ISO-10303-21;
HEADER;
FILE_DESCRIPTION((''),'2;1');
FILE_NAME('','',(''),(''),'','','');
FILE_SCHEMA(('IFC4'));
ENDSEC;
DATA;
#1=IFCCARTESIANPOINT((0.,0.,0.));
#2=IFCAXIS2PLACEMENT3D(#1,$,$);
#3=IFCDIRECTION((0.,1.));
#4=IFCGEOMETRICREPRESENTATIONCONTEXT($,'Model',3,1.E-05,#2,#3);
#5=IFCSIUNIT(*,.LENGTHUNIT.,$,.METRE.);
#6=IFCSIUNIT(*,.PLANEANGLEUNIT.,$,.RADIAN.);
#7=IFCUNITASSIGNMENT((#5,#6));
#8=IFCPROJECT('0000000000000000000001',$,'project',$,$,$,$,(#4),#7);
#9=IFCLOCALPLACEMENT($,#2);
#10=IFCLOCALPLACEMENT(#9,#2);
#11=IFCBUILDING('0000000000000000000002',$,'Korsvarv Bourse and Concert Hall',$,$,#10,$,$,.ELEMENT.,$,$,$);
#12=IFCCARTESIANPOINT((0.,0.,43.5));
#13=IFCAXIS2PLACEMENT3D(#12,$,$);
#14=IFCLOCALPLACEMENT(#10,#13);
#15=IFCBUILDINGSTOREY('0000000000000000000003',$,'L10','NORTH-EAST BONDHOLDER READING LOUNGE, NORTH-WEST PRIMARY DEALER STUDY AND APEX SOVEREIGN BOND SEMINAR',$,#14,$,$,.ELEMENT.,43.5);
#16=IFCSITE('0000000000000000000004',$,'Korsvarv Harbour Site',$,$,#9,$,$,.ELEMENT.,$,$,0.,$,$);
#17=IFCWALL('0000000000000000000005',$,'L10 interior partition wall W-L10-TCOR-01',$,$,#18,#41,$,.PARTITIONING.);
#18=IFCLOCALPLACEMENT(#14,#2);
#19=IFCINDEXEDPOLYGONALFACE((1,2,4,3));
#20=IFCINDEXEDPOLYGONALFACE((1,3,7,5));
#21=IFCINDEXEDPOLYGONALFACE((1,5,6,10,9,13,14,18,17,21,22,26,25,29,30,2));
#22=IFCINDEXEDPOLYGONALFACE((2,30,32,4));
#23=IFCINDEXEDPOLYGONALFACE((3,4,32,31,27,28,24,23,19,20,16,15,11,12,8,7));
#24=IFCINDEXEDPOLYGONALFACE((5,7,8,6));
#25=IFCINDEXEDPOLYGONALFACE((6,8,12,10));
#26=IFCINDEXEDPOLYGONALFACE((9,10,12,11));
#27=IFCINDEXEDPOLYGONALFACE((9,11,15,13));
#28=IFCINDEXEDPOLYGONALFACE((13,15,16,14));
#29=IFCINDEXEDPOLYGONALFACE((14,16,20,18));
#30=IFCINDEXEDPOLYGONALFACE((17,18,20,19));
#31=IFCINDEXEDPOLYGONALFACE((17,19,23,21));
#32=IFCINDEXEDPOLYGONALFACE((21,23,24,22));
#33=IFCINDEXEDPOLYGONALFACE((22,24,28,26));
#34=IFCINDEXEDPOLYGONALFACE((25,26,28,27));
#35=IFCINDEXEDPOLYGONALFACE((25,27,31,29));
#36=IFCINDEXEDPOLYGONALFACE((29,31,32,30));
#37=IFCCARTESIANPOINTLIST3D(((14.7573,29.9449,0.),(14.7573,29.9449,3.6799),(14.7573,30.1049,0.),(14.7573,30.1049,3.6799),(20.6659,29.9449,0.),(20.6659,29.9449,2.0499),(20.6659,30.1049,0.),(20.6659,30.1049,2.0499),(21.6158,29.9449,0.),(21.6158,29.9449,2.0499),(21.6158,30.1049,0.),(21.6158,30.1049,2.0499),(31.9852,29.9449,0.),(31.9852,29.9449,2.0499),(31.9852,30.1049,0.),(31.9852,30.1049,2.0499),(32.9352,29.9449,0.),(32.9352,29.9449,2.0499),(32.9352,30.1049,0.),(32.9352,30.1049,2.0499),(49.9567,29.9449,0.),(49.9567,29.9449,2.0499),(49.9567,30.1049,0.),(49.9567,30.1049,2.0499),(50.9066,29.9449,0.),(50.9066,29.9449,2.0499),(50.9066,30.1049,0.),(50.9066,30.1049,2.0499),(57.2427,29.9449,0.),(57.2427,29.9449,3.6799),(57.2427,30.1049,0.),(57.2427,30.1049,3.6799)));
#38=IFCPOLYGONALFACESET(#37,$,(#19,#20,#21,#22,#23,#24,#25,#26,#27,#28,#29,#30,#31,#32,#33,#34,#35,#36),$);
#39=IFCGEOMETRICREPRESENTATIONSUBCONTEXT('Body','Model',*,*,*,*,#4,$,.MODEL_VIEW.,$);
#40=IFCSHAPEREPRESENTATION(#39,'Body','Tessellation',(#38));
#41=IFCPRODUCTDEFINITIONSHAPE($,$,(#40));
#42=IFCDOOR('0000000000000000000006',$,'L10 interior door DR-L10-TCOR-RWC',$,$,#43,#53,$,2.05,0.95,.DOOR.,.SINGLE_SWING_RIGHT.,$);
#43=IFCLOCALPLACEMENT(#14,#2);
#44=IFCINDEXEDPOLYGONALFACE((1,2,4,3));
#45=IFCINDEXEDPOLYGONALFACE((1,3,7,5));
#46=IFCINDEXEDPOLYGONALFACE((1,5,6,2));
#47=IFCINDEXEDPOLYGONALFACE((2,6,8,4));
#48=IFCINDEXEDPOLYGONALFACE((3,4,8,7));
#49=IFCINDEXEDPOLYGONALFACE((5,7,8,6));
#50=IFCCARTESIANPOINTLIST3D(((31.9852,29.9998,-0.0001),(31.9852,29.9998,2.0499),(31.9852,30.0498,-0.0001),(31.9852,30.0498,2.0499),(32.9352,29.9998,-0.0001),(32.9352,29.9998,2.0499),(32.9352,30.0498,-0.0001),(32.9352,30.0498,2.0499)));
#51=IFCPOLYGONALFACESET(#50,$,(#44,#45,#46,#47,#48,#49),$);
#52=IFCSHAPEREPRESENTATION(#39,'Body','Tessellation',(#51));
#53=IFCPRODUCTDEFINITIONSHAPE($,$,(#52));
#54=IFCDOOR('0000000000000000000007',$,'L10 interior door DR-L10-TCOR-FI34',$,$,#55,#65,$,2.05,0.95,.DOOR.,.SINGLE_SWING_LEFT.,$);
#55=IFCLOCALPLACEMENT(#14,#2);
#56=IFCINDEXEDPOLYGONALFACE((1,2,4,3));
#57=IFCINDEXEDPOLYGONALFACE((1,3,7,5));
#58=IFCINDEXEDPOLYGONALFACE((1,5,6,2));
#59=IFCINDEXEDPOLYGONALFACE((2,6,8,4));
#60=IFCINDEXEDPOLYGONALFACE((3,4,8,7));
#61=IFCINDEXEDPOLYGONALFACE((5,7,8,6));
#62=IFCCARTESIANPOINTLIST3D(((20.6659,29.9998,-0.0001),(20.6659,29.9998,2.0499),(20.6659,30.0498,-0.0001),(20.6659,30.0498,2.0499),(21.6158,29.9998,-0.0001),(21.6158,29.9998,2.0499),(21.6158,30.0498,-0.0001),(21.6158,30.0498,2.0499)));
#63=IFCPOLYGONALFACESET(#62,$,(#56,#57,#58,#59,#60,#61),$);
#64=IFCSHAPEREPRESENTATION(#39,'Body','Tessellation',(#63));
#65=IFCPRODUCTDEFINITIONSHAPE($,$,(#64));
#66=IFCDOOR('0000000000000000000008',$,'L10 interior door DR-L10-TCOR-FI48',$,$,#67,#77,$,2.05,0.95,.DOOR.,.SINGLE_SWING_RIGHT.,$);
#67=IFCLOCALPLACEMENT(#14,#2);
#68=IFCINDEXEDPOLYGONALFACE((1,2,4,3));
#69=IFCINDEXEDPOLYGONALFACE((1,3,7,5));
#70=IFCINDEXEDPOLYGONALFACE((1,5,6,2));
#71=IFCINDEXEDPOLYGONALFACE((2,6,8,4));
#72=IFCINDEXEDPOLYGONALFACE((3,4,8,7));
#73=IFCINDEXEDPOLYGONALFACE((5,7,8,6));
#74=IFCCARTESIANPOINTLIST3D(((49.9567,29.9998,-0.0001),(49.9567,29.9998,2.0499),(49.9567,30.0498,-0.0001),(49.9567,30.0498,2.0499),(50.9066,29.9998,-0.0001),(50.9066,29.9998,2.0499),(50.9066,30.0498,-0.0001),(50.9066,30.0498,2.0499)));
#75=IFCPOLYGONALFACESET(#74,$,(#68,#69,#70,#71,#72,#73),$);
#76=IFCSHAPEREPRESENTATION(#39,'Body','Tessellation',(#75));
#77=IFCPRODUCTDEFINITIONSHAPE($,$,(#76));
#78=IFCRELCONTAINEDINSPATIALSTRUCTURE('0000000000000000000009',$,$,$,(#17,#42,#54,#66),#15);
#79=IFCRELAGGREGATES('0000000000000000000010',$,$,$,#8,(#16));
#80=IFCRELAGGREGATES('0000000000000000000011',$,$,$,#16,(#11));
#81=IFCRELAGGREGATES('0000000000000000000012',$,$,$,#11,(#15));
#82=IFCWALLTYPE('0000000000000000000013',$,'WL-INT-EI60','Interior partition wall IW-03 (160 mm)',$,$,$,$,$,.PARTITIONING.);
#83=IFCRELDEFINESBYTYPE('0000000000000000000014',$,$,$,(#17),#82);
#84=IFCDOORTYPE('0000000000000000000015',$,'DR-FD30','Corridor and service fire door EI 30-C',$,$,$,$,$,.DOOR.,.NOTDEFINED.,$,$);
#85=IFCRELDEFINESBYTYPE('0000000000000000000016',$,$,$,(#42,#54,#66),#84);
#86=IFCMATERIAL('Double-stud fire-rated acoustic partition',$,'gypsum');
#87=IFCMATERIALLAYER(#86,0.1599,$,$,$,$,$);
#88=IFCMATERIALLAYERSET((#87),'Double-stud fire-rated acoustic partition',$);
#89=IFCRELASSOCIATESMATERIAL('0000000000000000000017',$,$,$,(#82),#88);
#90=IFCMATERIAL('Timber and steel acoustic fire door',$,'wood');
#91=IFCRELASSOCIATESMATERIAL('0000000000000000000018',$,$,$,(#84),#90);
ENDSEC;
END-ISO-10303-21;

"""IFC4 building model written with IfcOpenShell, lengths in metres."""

from ifc_helpers import new_model, si_unit, direction, frame, frame_2d, origin, place, context, subcontext, project, spatial, rectangle, extrude, material, layer, layer_set, type_object, element, fill, save


model = new_model("IFC4")

# Units and contexts
model_context = context("Model", 3, precision=1e-05, world=origin(), true_north=direction((0.0, 1.0)))
body_context = subcontext(model_context, "Body", "Model", "MODEL_VIEW")
ifc_project = project(units=[si_unit("LENGTHUNIT", "METRE"), si_unit("PLANEANGLEUNIT", "RADIAN")], contexts=[model_context])

# Site, building, storey
site_placement = place(None, origin())
site = spatial("IfcSite", under=ifc_project, at=site_placement, Name="Korsvarv Harbour Site", CompositionType="ELEMENT", RefElevation=0.0)
building_placement = place(site_placement, origin())
building = spatial("IfcBuilding", under=site, at=building_placement, Name="Korsvarv Bourse and Concert Hall", CompositionType="ELEMENT")
storey_placement = place(building_placement, frame((0.0, 0.0, 43.5)))
storey = spatial("IfcBuildingStorey", under=building, at=storey_placement, Name="L10", Description="NORTH-EAST BONDHOLDER READING LOUNGE, NORTH-WEST PRIMARY DEALER STUDY AND APEX SOVEREIGN BOND SEMINAR", CompositionType="ELEMENT", Elevation=43.5)

# Wall, openings, doors
ifc_material_1 = material(Name="Double-stud fire-rated acoustic partition", Category="gypsum")
ifc_layer_1 = layer(ifc_material_1, 0.1599)
ifc_layer_set_1 = layer_set([ifc_layer_1], Name="Double-stud fire-rated acoustic partition")
wall_type = type_object("IfcWallType", Name="WL-INT-EI60", Description="Interior partition wall IW-03 (160 mm)", PredefinedType="PARTITIONING", material=ifc_layer_set_1)
wall_placement = place(storey_placement, frame((14.7573, 30.0249, 0.0), z_axis=(0.0, 0.0, 1.0), x_axis=(1.0, 0.0, 0.0)))
wall = element("IfcWall", 1, at=wall_placement, inside=storey, type_object=wall_type, Name="L10 interior partition wall W-L10-TCOR-01", PredefinedType="PARTITIONING", context=body_context, shape_type="SweptSolid", body=[
    extrude(rectangle(XDim=42.4854, YDim=0.1599, at=frame_2d((21.2427, 0.0))), origin(), (0.0, 0.0, 1.0), 3.6799),
])
opening_1_placement = place(wall_placement, frame((17.2278, 0.0, 0.0)))
opening_1 = element("IfcOpeningElement", 2, at=opening_1_placement, cuts=wall, PredefinedType="OPENING", context=body_context, shape_type="SweptSolid", body=[
    extrude(rectangle(XDim=0.95, YDim=2.05, at=frame_2d((0.4751, 1.0249))), frame((0.0, 0.0898, 0.0), z_axis=(0.0, -1.0, 0.0), x_axis=(1.0, 0.0, 0.0)), (0.0, 0.0, 1.0), 0.1799),
])
opening_2_placement = place(wall_placement, frame((5.9084, 0.0, 0.0)))
opening_2 = element("IfcOpeningElement", 3, at=opening_2_placement, cuts=wall, PredefinedType="OPENING", context=body_context, shape_type="SweptSolid", body=[
    extrude(rectangle(XDim=0.95, YDim=2.05, at=frame_2d((0.4751, 1.0249))), frame((0.0, 0.0898, 0.0), z_axis=(0.0, -1.0, 0.0), x_axis=(1.0, 0.0, 0.0)), (0.0, 0.0, 1.0), 0.1799),
])
opening_3_placement = place(wall_placement, frame((35.1992, 0.0, 0.0)))
opening_3 = element("IfcOpeningElement", 4, at=opening_3_placement, cuts=wall, PredefinedType="OPENING", context=body_context, shape_type="SweptSolid", body=[
    extrude(rectangle(XDim=0.95, YDim=2.05, at=frame_2d((0.4751, 1.0249))), frame((0.0, 0.0898, 0.0), z_axis=(0.0, -1.0, 0.0), x_axis=(1.0, 0.0, 0.0)), (0.0, 0.0, 1.0), 0.1799),
])
ifc_material_2 = material(Name="Timber and steel acoustic fire door", Category="wood")
door_type = type_object("IfcDoorType", Name="DR-FD30", Description="Corridor and service fire door EI 30-C", OperationType="NOTDEFINED", PredefinedType="DOOR", material=ifc_material_2)
door_1_placement = place(opening_1_placement, origin())
door_1 = element("IfcDoor", 5, at=door_1_placement, inside=storey, type_object=door_type, Name="L10 interior door DR-L10-TCOR-RWC", OperationType="SINGLE_SWING_RIGHT", OverallHeight=2.05, OverallWidth=0.95, PredefinedType="DOOR", context=body_context, shape_type="SweptSolid", body=[
    extrude(rectangle(XDim=0.95, YDim=2.05, at=frame_2d((0.4751, 1.0249))), frame((0.0, 0.0249, 0.0), z_axis=(0.0, -1.0, 0.0), x_axis=(1.0, 0.0, 0.0)), (0.0, 0.0, 1.0), 0.05),
])
fill(opening_1, door_1)
door_2_placement = place(opening_2_placement, origin())
door_2 = element("IfcDoor", 6, at=door_2_placement, inside=storey, type_object=door_type, Name="L10 interior door DR-L10-TCOR-FI34", OperationType="SINGLE_SWING_LEFT", OverallHeight=2.05, OverallWidth=0.95, PredefinedType="DOOR", context=body_context, shape_type="SweptSolid", body=[
    extrude(rectangle(XDim=0.95, YDim=2.05, at=frame_2d((0.4751, 1.0249))), frame((0.0, 0.0249, 0.0), z_axis=(0.0, -1.0, 0.0), x_axis=(1.0, 0.0, 0.0)), (0.0, 0.0, 1.0), 0.05),
])
fill(opening_2, door_2)
door_3_placement = place(opening_3_placement, origin())
door_3 = element("IfcDoor", 7, at=door_3_placement, inside=storey, type_object=door_type, Name="L10 interior door DR-L10-TCOR-FI48", OperationType="SINGLE_SWING_RIGHT", OverallHeight=2.05, OverallWidth=0.95, PredefinedType="DOOR", context=body_context, shape_type="SweptSolid", body=[
    extrude(rectangle(XDim=0.95, YDim=2.05, at=frame_2d((0.4751, 1.0249))), frame((0.0, 0.0249, 0.0), z_axis=(0.0, -1.0, 0.0), x_axis=(1.0, 0.0, 0.0)), (0.0, 0.0, 1.0), 0.05),
])
fill(opening_3, door_3)

save(model, "model.ifc")
